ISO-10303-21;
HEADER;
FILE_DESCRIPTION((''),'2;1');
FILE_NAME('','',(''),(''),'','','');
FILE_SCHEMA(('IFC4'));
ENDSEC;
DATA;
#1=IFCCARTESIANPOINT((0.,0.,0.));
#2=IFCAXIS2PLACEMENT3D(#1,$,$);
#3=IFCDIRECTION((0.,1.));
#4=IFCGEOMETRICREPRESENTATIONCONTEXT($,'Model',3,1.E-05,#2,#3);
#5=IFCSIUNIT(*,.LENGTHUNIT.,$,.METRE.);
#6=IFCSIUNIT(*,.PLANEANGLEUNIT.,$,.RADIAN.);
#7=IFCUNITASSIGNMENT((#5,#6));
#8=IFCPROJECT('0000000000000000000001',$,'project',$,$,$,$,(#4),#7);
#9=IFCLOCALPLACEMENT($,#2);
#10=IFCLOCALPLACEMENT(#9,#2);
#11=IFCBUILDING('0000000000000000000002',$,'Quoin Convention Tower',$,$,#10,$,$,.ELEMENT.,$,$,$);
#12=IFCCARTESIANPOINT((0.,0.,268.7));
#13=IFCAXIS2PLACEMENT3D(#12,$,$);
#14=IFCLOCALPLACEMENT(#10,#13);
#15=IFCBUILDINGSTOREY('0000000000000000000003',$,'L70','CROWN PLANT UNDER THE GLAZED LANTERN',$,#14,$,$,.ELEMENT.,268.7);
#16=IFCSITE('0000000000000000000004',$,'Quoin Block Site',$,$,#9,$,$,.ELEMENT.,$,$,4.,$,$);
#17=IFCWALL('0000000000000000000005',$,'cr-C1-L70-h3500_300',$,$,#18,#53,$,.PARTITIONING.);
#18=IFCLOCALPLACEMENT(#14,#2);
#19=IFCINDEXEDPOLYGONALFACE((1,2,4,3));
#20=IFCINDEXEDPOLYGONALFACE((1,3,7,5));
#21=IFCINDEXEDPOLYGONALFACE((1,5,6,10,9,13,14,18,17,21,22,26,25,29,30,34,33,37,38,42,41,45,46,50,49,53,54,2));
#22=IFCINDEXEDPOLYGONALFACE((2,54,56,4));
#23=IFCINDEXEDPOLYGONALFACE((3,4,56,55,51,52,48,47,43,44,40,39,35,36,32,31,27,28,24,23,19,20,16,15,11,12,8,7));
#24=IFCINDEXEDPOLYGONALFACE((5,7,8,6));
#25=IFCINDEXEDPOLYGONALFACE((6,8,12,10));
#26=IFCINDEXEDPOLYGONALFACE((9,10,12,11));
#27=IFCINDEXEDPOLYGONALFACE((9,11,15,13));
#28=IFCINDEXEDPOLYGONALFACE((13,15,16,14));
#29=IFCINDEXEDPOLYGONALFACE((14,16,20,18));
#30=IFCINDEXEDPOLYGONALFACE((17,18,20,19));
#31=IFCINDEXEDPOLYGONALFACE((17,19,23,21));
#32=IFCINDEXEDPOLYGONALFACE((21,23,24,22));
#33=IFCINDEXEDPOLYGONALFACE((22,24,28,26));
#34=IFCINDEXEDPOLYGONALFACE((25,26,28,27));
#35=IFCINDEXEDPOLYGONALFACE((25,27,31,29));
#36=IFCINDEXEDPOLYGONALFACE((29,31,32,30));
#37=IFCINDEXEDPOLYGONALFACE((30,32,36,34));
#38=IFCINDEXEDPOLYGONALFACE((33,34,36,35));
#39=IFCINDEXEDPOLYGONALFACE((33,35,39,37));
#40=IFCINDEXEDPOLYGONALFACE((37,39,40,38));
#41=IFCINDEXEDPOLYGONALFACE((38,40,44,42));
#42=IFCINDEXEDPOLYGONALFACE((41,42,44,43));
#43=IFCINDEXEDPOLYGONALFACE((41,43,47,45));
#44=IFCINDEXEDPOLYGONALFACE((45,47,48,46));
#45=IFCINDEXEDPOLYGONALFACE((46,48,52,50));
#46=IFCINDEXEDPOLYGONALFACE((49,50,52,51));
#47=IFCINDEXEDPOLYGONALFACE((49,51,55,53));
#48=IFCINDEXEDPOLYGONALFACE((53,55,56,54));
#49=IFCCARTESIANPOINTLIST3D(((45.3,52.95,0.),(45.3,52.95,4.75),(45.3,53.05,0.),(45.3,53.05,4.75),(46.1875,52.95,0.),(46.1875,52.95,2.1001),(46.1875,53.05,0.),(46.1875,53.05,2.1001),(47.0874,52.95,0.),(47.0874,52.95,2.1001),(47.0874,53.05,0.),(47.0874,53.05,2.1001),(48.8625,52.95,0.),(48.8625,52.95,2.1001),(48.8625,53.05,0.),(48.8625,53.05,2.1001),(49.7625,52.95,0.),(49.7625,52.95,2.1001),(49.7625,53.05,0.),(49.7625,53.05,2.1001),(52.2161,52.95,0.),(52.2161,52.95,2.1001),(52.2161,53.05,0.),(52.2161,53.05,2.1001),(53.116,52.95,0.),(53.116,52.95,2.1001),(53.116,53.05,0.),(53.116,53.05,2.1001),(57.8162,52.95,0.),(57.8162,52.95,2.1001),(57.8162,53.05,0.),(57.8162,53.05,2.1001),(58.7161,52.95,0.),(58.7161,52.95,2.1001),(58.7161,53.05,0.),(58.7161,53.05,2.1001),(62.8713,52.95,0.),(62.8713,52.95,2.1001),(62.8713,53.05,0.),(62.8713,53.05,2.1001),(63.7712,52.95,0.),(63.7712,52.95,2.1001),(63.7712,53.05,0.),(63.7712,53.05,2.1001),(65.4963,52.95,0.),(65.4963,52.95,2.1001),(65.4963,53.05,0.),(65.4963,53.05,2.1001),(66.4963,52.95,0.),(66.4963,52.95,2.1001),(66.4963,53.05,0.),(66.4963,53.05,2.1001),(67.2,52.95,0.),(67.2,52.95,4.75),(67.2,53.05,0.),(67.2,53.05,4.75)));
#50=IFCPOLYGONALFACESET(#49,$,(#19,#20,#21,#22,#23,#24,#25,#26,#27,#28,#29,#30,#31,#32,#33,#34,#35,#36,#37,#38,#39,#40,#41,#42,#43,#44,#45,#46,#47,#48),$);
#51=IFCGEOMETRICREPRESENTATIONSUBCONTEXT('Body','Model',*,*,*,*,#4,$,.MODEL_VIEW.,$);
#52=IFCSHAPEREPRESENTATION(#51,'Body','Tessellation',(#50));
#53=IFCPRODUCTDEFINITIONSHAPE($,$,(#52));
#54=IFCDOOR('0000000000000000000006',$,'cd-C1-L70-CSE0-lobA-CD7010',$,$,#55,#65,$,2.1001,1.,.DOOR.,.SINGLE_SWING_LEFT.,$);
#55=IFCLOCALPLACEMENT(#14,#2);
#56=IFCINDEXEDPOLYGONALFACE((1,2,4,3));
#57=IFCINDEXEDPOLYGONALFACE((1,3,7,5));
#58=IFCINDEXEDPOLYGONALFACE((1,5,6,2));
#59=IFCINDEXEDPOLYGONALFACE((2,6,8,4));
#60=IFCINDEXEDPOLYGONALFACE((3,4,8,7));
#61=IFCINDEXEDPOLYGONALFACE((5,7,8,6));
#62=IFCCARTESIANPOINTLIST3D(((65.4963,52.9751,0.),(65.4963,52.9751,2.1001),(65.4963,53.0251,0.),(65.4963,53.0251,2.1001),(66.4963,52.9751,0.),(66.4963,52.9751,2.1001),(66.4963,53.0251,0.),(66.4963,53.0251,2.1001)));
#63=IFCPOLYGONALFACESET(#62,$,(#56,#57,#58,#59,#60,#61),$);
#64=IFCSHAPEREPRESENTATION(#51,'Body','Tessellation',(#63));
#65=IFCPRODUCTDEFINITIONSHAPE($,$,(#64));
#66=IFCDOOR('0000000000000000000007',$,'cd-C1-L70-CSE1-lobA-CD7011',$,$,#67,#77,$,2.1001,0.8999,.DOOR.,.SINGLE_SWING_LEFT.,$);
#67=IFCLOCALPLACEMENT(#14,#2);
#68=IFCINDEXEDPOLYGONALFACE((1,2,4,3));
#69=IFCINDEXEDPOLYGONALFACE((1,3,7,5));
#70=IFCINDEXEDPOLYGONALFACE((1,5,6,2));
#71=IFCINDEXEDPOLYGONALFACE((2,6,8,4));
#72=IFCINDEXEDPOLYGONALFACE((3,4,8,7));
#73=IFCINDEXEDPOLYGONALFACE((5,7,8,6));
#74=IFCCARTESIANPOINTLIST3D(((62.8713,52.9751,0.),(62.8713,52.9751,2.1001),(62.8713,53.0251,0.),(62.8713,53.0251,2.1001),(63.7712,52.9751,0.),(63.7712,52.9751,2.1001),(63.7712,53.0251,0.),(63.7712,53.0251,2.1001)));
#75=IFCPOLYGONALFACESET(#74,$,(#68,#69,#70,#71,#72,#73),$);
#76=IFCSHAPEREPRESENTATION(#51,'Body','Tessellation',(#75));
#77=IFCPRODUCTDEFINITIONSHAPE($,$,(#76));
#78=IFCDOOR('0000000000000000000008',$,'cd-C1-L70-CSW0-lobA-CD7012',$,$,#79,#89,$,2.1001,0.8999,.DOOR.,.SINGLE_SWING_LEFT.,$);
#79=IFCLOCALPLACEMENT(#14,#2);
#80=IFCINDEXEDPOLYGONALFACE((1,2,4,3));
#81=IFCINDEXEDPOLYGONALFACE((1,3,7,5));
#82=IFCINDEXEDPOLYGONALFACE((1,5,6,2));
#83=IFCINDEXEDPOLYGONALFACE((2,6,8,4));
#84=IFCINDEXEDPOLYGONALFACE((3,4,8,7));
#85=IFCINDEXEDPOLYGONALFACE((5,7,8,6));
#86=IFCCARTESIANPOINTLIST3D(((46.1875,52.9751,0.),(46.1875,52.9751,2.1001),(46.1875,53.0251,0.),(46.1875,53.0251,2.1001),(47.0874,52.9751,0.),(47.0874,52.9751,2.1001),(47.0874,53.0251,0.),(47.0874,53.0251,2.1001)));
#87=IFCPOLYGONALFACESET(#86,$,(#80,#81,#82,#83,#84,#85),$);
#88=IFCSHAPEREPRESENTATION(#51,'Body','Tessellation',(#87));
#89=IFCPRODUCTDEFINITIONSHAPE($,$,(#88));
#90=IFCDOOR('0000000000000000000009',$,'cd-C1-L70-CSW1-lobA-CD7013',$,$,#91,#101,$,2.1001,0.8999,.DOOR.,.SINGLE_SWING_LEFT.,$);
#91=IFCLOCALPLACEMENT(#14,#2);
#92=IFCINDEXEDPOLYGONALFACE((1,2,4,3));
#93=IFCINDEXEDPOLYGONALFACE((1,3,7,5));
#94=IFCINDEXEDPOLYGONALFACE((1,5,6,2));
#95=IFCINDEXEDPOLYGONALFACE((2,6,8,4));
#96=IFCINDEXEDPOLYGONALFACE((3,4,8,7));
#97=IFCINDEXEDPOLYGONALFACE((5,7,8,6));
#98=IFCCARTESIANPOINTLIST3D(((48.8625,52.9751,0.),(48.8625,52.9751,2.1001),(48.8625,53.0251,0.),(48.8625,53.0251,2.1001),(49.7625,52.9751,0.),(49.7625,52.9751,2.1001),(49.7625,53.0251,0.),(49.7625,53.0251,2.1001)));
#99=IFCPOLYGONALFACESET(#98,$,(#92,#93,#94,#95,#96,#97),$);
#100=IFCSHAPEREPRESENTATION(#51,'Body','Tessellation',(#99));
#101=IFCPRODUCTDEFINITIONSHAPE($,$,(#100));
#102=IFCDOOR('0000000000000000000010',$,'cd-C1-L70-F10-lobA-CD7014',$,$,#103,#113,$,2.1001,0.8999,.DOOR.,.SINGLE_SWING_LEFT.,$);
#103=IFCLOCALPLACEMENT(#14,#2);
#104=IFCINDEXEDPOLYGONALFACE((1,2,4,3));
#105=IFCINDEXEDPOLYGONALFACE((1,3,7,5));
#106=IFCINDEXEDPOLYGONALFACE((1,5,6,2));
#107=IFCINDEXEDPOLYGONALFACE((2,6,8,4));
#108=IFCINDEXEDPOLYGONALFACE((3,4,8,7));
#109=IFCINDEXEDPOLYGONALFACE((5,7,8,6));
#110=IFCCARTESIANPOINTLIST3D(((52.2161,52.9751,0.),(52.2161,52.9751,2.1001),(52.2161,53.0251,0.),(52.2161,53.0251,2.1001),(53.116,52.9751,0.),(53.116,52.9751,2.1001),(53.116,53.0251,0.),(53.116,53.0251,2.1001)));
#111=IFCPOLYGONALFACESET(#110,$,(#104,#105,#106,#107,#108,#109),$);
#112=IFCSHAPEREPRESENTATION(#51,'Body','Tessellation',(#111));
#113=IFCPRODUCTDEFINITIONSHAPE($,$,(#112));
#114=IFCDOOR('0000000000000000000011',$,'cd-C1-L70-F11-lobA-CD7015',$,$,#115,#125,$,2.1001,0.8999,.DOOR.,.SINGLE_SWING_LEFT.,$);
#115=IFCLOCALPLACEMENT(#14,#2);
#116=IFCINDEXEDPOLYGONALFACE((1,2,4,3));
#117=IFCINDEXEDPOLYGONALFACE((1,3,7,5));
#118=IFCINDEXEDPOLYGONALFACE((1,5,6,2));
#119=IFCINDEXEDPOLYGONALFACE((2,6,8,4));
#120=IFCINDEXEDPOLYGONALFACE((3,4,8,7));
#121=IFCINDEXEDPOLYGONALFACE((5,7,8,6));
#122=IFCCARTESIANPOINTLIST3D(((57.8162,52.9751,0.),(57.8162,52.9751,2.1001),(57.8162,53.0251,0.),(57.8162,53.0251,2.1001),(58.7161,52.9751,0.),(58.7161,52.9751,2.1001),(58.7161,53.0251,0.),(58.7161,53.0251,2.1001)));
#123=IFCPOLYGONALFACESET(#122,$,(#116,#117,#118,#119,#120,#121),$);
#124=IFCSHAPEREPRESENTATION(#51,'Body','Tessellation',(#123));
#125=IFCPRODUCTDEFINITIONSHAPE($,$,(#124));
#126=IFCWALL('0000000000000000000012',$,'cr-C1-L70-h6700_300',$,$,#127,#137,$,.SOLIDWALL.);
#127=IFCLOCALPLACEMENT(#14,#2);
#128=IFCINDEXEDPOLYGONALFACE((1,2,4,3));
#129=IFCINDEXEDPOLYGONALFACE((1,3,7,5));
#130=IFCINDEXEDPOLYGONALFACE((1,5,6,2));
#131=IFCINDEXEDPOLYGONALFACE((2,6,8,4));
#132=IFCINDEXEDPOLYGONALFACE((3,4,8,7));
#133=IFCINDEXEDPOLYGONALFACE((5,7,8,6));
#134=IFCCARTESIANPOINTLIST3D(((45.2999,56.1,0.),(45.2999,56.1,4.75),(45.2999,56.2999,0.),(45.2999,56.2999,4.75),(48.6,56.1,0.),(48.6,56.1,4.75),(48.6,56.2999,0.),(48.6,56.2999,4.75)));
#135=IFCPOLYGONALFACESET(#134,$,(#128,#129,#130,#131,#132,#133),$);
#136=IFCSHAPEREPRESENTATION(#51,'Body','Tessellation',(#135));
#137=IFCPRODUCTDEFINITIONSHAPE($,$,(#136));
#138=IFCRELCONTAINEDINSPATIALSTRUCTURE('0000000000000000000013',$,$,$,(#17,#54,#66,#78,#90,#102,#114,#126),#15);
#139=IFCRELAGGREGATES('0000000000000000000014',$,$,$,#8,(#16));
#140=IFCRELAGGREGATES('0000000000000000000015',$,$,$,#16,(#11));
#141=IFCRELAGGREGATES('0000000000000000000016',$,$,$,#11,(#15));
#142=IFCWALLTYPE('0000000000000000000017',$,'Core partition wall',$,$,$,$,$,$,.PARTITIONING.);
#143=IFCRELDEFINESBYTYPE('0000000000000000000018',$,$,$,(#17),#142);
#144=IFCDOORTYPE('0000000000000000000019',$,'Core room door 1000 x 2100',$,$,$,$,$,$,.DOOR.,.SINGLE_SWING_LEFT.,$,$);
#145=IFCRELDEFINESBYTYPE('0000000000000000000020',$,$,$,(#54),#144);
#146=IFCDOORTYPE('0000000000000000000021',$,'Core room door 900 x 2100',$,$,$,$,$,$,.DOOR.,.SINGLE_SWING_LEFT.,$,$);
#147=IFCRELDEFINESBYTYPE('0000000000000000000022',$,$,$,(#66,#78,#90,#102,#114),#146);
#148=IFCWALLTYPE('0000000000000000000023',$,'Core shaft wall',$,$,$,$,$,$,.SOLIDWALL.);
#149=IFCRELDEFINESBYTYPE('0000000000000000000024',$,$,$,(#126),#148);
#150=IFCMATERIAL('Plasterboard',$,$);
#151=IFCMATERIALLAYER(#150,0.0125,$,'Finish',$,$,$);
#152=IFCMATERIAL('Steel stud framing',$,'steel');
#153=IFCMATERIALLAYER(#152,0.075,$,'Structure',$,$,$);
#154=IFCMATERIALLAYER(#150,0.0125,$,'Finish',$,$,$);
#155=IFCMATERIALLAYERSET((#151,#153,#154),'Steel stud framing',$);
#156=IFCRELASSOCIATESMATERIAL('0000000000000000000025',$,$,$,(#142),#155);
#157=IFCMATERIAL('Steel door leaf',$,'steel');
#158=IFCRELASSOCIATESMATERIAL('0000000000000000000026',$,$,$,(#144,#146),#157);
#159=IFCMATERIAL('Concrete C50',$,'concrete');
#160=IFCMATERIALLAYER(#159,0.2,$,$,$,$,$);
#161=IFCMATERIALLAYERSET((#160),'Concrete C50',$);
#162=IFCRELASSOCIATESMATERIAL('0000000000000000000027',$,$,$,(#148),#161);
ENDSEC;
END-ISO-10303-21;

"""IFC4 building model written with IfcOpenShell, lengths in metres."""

from ifc_helpers import new_model, si_unit, direction, frame, frame_2d, origin, place, context, subcontext, project, spatial, rectangle, extrude, material, layer, layer_set, type_object, element, fill, save


model = new_model("IFC4")

# Units and contexts
model_context = context("Model", 3, precision=1e-05, world=origin(), true_north=direction((0.0, 1.0)))
body_context = subcontext(model_context, "Body", "Model", "MODEL_VIEW")
ifc_project = project(units=[si_unit("LENGTHUNIT", "METRE"), si_unit("PLANEANGLEUNIT", "RADIAN")], contexts=[model_context])

# Site, building, storey
site_placement = place(None, origin())
site = spatial("IfcSite", under=ifc_project, at=site_placement, Name="Quoin Block Site", CompositionType="ELEMENT", RefElevation=4.0)
building_placement = place(site_placement, origin())
building = spatial("IfcBuilding", under=site, at=building_placement, Name="Quoin Convention Tower", CompositionType="ELEMENT")
storey_placement = place(building_placement, frame((0.0, 0.0, 268.7)))
storey = spatial("IfcBuildingStorey", under=building, at=storey_placement, Name="L70", Description="CROWN PLANT UNDER THE GLAZED LANTERN", CompositionType="ELEMENT", Elevation=268.7)

# Wall, openings, doors
ifc_material_1 = material(Name="Plasterboard")
ifc_layer_1 = layer(ifc_material_1, 0.0125, Name="Finish")
ifc_material_2 = material(Name="Steel stud framing", Category="steel")
ifc_layer_2 = layer(ifc_material_2, 0.075, Name="Structure")
ifc_layer_3 = layer(ifc_material_1, 0.0125, Name="Finish")
ifc_layer_set_1 = layer_set([ifc_layer_1, ifc_layer_2, ifc_layer_3], Name="Steel stud framing")
wall_type_1 = type_object("IfcWallType", Name="Core partition wall", PredefinedType="PARTITIONING", material=ifc_layer_set_1)
wall_1_placement = place(storey_placement, frame((45.3, 53.0, 0.0), z_axis=(0.0, 0.0, 1.0), x_axis=(1.0, 0.0, 0.0)))
wall_1 = element("IfcWall", 1, at=wall_1_placement, inside=storey, type_object=wall_type_1, Name="cr-C1-L70-h3500_300", PredefinedType="PARTITIONING", context=body_context, shape_type="SweptSolid", body=[
    extrude(rectangle(XDim=21.8999, YDim=0.1001, at=frame_2d((10.95, 0.0))), origin(), (0.0, 0.0, 1.0), 4.75),
])
opening_1_placement = place(wall_1_placement, frame((20.1963, 0.0, 0.0)))
opening_1 = element("IfcOpeningElement", 2, at=opening_1_placement, cuts=wall_1, PredefinedType="OPENING", context=body_context, shape_type="SweptSolid", body=[
    extrude(rectangle(XDim=1.0, YDim=2.1001, at=frame_2d((0.5, 1.05))), frame((0.0, 0.0601, 0.0), z_axis=(0.0, -1.0, 0.0), x_axis=(1.0, 0.0, 0.0)), (0.0, 0.0, 1.0), 0.1201),
])
opening_2_placement = place(wall_1_placement, frame((17.5713, 0.0, 0.0)))
opening_2 = element("IfcOpeningElement", 3, at=opening_2_placement, cuts=wall_1, PredefinedType="OPENING", context=body_context, shape_type="SweptSolid", body=[
    extrude(rectangle(XDim=0.8999, YDim=2.1001, at=frame_2d((0.45, 1.05))), frame((0.0, 0.0601, 0.0), z_axis=(0.0, -1.0, 0.0), x_axis=(1.0, 0.0, 0.0)), (0.0, 0.0, 1.0), 0.1201),
])
opening_3_placement = place(wall_1_placement, frame((0.8875, 0.0, 0.0)))
opening_3 = element("IfcOpeningElement", 4, at=opening_3_placement, cuts=wall_1, PredefinedType="OPENING", context=body_context, shape_type="SweptSolid", body=[
    extrude(rectangle(XDim=0.8999, YDim=2.1001, at=frame_2d((0.45, 1.05))), frame((0.0, 0.0601, 0.0), z_axis=(0.0, -1.0, 0.0), x_axis=(1.0, 0.0, 0.0)), (0.0, 0.0, 1.0), 0.1201),
])
opening_4_placement = place(wall_1_placement, frame((3.5625, 0.0, 0.0)))
opening_4 = element("IfcOpeningElement", 5, at=opening_4_placement, cuts=wall_1, PredefinedType="OPENING", context=body_context, shape_type="SweptSolid", body=[
    extrude(rectangle(XDim=0.8999, YDim=2.1001, at=frame_2d((0.45, 1.05))), frame((0.0, 0.0601, 0.0), z_axis=(0.0, -1.0, 0.0), x_axis=(1.0, 0.0, 0.0)), (0.0, 0.0, 1.0), 0.1201),
])
opening_5_placement = place(wall_1_placement, frame((6.916, 0.0, 0.0)))
opening_5 = element("IfcOpeningElement", 6, at=opening_5_placement, cuts=wall_1, PredefinedType="OPENING", context=body_context, shape_type="SweptSolid", body=[
    extrude(rectangle(XDim=0.8999, YDim=2.1001, at=frame_2d((0.45, 1.05))), frame((0.0, 0.0601, 0.0), z_axis=(0.0, -1.0, 0.0), x_axis=(1.0, 0.0, 0.0)), (0.0, 0.0, 1.0), 0.1201),
])
opening_6_placement = place(wall_1_placement, frame((12.5161, 0.0, 0.0)))
opening_6 = element("IfcOpeningElement", 7, at=opening_6_placement, cuts=wall_1, PredefinedType="OPENING", context=body_context, shape_type="SweptSolid", body=[
    extrude(rectangle(XDim=0.8999, YDim=2.1001, at=frame_2d((0.45, 1.05))), frame((0.0, 0.0601, 0.0), z_axis=(0.0, -1.0, 0.0), x_axis=(1.0, 0.0, 0.0)), (0.0, 0.0, 1.0), 0.1201),
])
ifc_material_3 = material(Name="Steel door leaf", Category="steel")
door_type_1 = type_object("IfcDoorType", Name="Core room door 1000 x 2100", OperationType="SINGLE_SWING_LEFT", PredefinedType="DOOR", material=ifc_material_3)
door_1_placement = place(opening_1_placement, frame((1.0, 0.0, 0.0), z_axis=(0.0, 0.0, 1.0), x_axis=(-1.0, 0.0, 0.0)))
door_1 = element("IfcDoor", 8, at=door_1_placement, inside=storey, type_object=door_type_1, Name="cd-C1-L70-CSE0-lobA-CD7010", OperationType="SINGLE_SWING_LEFT", OverallHeight=2.1001, OverallWidth=1.0, PredefinedType="DOOR", context=body_context, shape_type="SweptSolid", body=[
    extrude(rectangle(XDim=1.0, YDim=2.1001, at=frame_2d((0.5, 1.05))), frame((0.0, 0.0249, 0.0), z_axis=(0.0, -1.0, 0.0), x_axis=(1.0, 0.0, 0.0)), (0.0, 0.0, 1.0), 0.05),
])
fill(opening_1, door_1)
door_type_2 = type_object("IfcDoorType", Name="Core room door 900 x 2100", OperationType="SINGLE_SWING_LEFT", PredefinedType="DOOR", material=ifc_material_3)
door_2_placement = place(opening_2_placement, frame((0.8999, 0.0, 0.0), z_axis=(0.0, 0.0, 1.0), x_axis=(-1.0, 0.0, 0.0)))
door_2 = element("IfcDoor", 9, at=door_2_placement, inside=storey, type_object=door_type_2, Name="cd-C1-L70-CSE1-lobA-CD7011", OperationType="SINGLE_SWING_LEFT", OverallHeight=2.1001, OverallWidth=0.8999, PredefinedType="DOOR", context=body_context, shape_type="SweptSolid", body=[
    extrude(rectangle(XDim=0.8999, YDim=2.1001, at=frame_2d((0.45, 1.05))), frame((0.0, 0.0249, 0.0), z_axis=(0.0, -1.0, 0.0), x_axis=(1.0, 0.0, 0.0)), (0.0, 0.0, 1.0), 0.05),
])
fill(opening_2, door_2)
door_3_placement = place(opening_3_placement, frame((0.8999, 0.0, 0.0), z_axis=(0.0, 0.0, 1.0), x_axis=(-1.0, 0.0, 0.0)))
door_3 = element("IfcDoor", 10, at=door_3_placement, inside=storey, type_object=door_type_2, Name="cd-C1-L70-CSW0-lobA-CD7012", OperationType="SINGLE_SWING_LEFT", OverallHeight=2.1001, OverallWidth=0.8999, PredefinedType="DOOR", context=body_context, shape_type="SweptSolid", body=[
    extrude(rectangle(XDim=0.8999, YDim=2.1001, at=frame_2d((0.45, 1.05))), frame((0.0, 0.0249, 0.0), z_axis=(0.0, -1.0, 0.0), x_axis=(1.0, 0.0, 0.0)), (0.0, 0.0, 1.0), 0.05),
])
fill(opening_3, door_3)
door_4_placement = place(opening_4_placement, frame((0.8999, 0.0, 0.0), z_axis=(0.0, 0.0, 1.0), x_axis=(-1.0, 0.0, 0.0)))
door_4 = element("IfcDoor", 11, at=door_4_placement, inside=storey, type_object=door_type_2, Name="cd-C1-L70-CSW1-lobA-CD7013", OperationType="SINGLE_SWING_LEFT", OverallHeight=2.1001, OverallWidth=0.8999, PredefinedType="DOOR", context=body_context, shape_type="SweptSolid", body=[
    extrude(rectangle(XDim=0.8999, YDim=2.1001, at=frame_2d((0.45, 1.05))), frame((0.0, 0.0249, 0.0), z_axis=(0.0, -1.0, 0.0), x_axis=(1.0, 0.0, 0.0)), (0.0, 0.0, 1.0), 0.05),
])
fill(opening_4, door_4)
door_5_placement = place(opening_5_placement, frame((0.8999, 0.0, 0.0), z_axis=(0.0, 0.0, 1.0), x_axis=(-1.0, 0.0, 0.0)))
door_5 = element("IfcDoor", 12, at=door_5_placement, inside=storey, type_object=door_type_2, Name="cd-C1-L70-F10-lobA-CD7014", OperationType="SINGLE_SWING_LEFT", OverallHeight=2.1001, OverallWidth=0.8999, PredefinedType="DOOR", context=body_context, shape_type="SweptSolid", body=[
    extrude(rectangle(XDim=0.8999, YDim=2.1001, at=frame_2d((0.45, 1.05))), frame((0.0, 0.0249, 0.0), z_axis=(0.0, -1.0, 0.0), x_axis=(1.0, 0.0, 0.0)), (0.0, 0.0, 1.0), 0.05),
])
fill(opening_5, door_5)
door_6_placement = place(opening_6_placement, frame((0.8999, 0.0, 0.0), z_axis=(0.0, 0.0, 1.0), x_axis=(-1.0, 0.0, 0.0)))
door_6 = element("IfcDoor", 13, at=door_6_placement, inside=storey, type_object=door_type_2, Name="cd-C1-L70-F11-lobA-CD7015", OperationType="SINGLE_SWING_LEFT", OverallHeight=2.1001, OverallWidth=0.8999, PredefinedType="DOOR", context=body_context, shape_type="SweptSolid", body=[
    extrude(rectangle(XDim=0.8999, YDim=2.1001, at=frame_2d((0.45, 1.05))), frame((0.0, 0.0249, 0.0), z_axis=(0.0, -1.0, 0.0), x_axis=(1.0, 0.0, 0.0)), (0.0, 0.0, 1.0), 0.05),
])
fill(opening_6, door_6)

# Wall
ifc_material_4 = material(Name="Concrete C50", Category="concrete")
ifc_layer_4 = layer(ifc_material_4, 0.2)
ifc_layer_set_2 = layer_set([ifc_layer_4], Name="Concrete C50")
wall_type_2 = type_object("IfcWallType", Name="Core shaft wall", PredefinedType="SOLIDWALL", material=ifc_layer_set_2)
wall_2_placement = place(storey_placement, frame((45.3, 56.2, 0.0), z_axis=(0.0, 0.0, 1.0), x_axis=(1.0, 0.0, 0.0)))
element("IfcWall", 14, at=wall_2_placement, inside=storey, type_object=wall_type_2, Name="cr-C1-L70-h6700_300", PredefinedType="SOLIDWALL", context=body_context, shape_type="SweptSolid", body=[
    extrude(rectangle(XDim=3.3, YDim=0.2, at=frame_2d((1.6499, 0.0))), origin(), (0.0, 0.0, 1.0), 4.75),
])

save(model, "model.ifc")
